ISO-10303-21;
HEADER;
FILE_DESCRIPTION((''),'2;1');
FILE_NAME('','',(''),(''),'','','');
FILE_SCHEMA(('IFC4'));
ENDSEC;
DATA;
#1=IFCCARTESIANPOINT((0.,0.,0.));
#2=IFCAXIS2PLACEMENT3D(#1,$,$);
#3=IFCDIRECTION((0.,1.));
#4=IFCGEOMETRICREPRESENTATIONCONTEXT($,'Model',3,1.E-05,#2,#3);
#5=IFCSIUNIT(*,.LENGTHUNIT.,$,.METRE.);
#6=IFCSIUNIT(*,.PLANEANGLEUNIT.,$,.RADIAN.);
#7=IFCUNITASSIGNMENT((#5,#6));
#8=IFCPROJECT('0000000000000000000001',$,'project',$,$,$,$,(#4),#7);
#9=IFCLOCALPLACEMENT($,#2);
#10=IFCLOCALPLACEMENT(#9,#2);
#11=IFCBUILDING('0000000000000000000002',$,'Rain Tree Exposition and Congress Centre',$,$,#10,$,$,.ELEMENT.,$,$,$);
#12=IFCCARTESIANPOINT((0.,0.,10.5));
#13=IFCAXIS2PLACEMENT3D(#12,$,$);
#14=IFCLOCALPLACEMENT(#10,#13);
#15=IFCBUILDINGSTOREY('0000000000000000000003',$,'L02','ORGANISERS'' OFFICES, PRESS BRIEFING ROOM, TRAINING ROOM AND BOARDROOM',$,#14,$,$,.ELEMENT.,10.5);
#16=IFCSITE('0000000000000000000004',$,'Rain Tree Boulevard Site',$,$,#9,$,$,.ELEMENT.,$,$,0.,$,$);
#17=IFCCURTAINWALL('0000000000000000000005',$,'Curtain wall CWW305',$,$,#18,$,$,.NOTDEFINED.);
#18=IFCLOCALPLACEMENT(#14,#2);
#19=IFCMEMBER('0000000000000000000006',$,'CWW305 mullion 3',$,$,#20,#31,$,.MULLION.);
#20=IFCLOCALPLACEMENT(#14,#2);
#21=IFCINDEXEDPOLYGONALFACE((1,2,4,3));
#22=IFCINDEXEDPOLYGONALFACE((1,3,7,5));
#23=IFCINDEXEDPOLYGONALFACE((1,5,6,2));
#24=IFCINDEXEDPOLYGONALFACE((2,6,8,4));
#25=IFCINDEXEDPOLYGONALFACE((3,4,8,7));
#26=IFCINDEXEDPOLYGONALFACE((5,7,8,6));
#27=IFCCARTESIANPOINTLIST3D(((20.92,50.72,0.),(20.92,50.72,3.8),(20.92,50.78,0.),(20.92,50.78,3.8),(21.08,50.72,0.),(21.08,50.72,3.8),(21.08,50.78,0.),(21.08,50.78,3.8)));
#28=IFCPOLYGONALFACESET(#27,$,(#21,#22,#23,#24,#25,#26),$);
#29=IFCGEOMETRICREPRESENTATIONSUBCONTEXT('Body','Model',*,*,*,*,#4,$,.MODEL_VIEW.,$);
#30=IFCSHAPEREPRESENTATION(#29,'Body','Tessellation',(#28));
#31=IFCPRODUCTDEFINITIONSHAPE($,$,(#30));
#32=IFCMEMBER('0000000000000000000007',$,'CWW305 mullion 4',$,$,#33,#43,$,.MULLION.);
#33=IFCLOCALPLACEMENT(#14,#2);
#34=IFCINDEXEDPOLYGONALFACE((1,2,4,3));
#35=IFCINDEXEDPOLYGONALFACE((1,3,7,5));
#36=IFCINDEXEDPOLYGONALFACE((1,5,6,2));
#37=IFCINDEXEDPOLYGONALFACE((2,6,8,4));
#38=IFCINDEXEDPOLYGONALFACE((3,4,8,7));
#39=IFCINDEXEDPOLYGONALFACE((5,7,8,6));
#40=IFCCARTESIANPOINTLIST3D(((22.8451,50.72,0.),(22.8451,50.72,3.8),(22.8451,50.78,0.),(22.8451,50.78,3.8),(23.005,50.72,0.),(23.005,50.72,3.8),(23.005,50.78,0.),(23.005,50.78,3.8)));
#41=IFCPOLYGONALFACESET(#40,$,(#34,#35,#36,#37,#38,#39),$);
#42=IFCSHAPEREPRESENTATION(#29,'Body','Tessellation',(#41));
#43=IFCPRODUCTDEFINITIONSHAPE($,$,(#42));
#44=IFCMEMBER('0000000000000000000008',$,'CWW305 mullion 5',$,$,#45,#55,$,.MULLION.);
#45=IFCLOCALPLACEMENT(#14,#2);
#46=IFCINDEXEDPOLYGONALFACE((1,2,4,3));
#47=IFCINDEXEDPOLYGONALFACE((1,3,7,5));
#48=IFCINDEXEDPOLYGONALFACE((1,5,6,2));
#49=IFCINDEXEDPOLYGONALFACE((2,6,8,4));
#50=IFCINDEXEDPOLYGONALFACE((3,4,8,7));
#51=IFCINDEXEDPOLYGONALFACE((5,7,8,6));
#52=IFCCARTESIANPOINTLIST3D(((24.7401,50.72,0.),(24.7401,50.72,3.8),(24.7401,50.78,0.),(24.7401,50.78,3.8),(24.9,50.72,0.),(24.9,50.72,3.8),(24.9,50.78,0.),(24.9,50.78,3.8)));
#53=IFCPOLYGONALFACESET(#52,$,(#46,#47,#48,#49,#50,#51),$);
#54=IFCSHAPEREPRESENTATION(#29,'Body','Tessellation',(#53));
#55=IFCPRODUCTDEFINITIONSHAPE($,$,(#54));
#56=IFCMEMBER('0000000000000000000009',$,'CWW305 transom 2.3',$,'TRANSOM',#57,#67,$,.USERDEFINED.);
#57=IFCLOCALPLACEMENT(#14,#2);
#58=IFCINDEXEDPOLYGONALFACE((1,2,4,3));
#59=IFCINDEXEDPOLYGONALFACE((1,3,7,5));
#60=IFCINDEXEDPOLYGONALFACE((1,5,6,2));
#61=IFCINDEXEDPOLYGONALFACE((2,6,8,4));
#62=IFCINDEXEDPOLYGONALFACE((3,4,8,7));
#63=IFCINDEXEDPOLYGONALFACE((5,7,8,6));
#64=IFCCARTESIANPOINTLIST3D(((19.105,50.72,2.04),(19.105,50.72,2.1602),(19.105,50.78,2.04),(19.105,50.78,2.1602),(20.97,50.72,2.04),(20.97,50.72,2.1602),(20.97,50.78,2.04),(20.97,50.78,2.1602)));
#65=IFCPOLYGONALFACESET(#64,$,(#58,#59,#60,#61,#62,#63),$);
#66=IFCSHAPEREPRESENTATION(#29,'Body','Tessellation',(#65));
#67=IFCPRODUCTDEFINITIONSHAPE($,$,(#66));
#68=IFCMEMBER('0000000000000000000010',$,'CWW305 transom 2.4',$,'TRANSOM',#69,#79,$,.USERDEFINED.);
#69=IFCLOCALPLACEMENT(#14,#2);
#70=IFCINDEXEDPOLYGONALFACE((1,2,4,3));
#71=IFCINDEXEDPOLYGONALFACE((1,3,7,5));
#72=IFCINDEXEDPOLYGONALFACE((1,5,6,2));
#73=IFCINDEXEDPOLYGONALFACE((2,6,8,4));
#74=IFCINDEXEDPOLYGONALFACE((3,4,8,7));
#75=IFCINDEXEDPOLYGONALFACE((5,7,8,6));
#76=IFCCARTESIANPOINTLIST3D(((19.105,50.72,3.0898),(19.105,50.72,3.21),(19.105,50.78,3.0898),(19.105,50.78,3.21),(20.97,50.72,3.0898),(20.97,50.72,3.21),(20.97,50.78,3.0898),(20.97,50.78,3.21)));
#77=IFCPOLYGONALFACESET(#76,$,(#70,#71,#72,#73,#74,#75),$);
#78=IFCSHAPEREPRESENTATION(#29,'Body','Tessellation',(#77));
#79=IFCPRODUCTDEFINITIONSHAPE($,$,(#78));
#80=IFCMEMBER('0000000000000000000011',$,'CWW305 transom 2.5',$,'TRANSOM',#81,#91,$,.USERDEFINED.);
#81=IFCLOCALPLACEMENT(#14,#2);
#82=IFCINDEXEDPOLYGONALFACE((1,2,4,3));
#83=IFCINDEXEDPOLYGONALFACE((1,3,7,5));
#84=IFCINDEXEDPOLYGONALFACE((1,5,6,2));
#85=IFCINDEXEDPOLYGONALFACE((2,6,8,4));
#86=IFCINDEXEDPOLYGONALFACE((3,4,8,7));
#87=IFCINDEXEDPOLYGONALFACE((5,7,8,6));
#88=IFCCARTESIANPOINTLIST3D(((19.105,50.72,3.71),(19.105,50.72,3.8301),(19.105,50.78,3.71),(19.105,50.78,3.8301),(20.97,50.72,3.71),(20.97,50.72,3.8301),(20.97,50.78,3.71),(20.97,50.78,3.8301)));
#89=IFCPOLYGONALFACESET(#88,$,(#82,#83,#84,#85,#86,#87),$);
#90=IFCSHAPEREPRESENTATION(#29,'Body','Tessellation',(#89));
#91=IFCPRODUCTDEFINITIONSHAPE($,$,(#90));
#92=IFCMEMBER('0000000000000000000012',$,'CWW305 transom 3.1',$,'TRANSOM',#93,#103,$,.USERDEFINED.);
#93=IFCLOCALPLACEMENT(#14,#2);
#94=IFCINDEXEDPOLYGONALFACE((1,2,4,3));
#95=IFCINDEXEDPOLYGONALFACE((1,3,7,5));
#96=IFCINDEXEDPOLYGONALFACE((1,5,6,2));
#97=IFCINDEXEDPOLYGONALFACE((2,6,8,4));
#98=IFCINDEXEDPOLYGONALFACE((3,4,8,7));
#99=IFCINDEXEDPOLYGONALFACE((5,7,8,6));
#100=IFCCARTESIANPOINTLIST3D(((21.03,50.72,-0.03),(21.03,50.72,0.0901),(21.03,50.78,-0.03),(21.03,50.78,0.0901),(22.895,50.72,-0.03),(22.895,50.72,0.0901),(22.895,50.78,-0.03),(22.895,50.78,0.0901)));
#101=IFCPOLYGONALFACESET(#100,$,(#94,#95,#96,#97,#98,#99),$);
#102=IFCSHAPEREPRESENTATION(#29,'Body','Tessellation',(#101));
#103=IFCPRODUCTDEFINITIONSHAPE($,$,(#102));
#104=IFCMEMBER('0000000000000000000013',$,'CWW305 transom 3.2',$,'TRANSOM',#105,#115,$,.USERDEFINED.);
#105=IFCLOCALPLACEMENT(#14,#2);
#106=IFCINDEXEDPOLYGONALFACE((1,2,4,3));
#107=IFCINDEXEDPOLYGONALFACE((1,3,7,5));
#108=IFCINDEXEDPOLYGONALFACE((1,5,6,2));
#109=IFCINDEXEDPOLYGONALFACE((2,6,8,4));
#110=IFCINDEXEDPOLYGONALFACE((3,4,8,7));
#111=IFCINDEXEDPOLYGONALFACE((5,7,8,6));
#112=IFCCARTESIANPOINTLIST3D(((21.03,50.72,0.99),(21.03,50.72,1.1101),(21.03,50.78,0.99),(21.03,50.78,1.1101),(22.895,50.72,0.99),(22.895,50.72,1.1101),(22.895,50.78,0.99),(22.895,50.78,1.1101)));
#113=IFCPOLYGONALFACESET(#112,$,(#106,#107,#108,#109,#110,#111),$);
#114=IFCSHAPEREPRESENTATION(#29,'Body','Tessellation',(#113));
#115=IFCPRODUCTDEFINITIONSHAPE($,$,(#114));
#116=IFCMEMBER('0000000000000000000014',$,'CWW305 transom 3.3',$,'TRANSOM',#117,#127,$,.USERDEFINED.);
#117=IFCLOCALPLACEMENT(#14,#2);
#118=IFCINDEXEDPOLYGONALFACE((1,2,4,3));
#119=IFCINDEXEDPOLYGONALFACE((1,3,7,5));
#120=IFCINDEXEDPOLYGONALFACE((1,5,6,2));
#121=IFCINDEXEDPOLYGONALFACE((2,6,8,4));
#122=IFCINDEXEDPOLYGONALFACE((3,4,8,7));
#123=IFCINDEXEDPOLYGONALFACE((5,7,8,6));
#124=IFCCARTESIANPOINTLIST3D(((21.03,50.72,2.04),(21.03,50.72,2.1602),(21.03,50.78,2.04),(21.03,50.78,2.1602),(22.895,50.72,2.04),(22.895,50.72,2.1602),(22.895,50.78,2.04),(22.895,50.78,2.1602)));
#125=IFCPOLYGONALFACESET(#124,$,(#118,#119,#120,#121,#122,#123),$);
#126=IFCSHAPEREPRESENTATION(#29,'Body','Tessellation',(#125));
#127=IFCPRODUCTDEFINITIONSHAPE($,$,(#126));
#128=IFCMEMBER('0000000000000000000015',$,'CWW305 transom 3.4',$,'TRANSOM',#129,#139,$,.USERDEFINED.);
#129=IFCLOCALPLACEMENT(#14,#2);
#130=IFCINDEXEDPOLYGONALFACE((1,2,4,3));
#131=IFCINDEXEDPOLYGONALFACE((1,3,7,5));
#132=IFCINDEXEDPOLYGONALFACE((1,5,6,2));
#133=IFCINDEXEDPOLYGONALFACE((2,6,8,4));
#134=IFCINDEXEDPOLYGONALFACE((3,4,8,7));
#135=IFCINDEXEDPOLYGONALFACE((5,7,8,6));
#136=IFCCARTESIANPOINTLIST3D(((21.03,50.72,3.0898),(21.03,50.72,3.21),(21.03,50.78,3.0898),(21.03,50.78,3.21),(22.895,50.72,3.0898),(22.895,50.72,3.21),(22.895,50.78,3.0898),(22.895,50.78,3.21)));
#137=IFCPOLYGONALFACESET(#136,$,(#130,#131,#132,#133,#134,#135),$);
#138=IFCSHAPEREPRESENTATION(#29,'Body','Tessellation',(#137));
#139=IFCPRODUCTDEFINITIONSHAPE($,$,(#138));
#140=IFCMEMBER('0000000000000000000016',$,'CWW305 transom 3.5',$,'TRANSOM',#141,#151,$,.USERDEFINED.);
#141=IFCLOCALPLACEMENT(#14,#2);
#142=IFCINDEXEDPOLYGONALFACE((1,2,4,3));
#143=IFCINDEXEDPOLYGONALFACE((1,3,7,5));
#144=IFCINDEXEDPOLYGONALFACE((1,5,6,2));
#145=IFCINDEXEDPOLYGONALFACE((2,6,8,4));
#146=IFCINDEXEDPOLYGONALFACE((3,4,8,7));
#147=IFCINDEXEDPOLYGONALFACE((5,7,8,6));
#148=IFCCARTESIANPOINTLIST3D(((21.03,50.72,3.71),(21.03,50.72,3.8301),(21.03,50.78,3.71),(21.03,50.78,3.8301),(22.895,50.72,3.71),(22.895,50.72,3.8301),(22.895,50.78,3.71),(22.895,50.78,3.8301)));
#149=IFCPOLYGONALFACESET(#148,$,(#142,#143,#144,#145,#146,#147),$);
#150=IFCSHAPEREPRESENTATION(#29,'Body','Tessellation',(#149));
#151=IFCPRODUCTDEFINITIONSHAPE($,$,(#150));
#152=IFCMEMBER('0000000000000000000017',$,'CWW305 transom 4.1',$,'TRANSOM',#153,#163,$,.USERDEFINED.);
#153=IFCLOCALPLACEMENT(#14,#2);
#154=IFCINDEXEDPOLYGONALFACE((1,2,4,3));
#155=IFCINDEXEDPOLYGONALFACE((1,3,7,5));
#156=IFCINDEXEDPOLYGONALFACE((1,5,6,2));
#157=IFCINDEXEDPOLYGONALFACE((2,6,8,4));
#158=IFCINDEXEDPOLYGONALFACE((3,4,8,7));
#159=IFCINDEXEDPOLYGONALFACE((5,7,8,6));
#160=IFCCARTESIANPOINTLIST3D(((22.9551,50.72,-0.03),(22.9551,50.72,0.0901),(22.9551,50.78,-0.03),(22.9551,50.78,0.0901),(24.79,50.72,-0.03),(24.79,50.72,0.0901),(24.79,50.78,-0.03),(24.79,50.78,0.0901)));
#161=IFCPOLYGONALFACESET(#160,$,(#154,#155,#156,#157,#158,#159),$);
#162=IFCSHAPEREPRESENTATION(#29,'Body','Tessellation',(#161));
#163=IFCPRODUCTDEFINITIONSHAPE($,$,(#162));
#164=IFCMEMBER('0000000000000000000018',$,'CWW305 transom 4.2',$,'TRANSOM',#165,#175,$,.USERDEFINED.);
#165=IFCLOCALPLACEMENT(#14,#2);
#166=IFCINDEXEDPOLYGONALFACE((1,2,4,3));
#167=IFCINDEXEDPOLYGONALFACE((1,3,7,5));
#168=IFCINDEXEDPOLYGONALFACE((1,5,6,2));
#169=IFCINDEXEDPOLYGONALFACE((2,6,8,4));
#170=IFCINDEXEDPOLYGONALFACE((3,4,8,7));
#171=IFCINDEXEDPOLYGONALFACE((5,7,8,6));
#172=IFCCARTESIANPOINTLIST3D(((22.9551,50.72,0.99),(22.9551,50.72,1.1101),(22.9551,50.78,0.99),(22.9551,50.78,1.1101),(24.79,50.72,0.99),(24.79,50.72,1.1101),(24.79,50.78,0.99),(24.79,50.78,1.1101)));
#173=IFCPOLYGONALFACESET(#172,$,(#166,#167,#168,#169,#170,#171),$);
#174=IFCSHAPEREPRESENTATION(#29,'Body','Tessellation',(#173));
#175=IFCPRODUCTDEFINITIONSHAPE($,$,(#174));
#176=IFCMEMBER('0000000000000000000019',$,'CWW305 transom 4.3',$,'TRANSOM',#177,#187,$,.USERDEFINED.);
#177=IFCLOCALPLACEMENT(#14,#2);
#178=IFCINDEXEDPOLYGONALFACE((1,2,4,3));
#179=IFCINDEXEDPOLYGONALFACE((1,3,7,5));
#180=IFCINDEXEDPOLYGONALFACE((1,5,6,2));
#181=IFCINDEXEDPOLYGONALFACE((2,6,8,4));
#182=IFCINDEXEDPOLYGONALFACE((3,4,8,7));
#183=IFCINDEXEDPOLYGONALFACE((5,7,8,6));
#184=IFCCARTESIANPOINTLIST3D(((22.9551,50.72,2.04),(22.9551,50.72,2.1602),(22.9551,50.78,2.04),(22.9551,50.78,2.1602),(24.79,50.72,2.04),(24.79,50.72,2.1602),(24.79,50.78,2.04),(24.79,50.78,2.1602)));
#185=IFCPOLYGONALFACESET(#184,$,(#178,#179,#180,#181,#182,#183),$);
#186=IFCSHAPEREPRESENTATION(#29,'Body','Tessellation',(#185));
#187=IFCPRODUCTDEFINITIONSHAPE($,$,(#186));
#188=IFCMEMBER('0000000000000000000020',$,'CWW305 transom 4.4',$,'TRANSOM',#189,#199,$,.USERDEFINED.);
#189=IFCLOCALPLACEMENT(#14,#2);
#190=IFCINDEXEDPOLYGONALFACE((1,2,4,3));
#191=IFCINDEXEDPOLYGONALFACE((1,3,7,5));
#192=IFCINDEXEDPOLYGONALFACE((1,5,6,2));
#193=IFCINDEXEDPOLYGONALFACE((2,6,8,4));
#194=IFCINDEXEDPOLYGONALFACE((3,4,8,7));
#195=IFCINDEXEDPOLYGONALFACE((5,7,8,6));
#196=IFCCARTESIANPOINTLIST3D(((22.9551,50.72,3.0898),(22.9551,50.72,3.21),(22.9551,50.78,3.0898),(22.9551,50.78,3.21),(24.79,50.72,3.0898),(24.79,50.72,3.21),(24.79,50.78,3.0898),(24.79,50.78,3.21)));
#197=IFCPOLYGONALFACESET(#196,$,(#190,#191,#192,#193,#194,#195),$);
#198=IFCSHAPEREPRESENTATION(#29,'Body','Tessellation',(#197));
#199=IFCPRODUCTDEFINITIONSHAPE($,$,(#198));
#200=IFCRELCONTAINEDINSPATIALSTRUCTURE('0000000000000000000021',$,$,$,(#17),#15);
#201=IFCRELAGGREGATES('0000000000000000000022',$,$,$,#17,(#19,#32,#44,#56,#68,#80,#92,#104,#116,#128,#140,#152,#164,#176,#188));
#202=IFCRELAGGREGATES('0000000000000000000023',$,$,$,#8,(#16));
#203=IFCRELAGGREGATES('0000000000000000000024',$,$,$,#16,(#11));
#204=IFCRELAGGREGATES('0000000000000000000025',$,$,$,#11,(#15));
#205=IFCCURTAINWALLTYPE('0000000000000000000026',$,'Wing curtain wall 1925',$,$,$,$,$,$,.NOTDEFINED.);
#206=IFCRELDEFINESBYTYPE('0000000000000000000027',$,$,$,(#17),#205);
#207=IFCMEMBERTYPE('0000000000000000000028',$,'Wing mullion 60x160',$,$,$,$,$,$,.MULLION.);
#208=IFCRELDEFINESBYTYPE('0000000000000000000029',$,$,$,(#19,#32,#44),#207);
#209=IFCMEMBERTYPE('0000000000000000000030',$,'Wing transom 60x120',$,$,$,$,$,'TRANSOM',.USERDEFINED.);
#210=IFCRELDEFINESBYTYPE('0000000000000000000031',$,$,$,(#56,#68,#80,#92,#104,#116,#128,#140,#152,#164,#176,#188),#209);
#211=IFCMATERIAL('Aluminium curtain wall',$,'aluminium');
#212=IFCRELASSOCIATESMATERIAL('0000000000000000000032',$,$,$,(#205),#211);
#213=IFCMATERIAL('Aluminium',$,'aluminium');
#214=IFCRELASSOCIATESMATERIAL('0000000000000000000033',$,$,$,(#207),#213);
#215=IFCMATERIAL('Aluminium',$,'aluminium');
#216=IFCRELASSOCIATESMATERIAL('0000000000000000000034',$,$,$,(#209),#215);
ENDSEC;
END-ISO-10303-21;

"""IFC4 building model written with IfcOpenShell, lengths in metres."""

from ifc_helpers import new_model, si_unit, direction, frame, origin, origin_2d, place, context, subcontext, project, spatial, rectangle, extrude, material, material_profile, profile_set, type_object, element, aggregate, save


model = new_model("IFC4")

# Units and contexts
model_context = context("Model", 3, precision=1e-05, world=origin(), true_north=direction((0.0, 1.0)))
body_context = subcontext(model_context, "Body", "Model", "MODEL_VIEW")
ifc_project = project(units=[si_unit("LENGTHUNIT", "METRE"), si_unit("PLANEANGLEUNIT", "RADIAN")], contexts=[model_context])

# Site, building, storey
site_placement = place(None, origin())
site = spatial("IfcSite", under=ifc_project, at=site_placement, Name="Rain Tree Boulevard Site", CompositionType="ELEMENT", RefElevation=0.0)
building_placement = place(site_placement, origin())
building = spatial("IfcBuilding", under=site, at=building_placement, Name="Rain Tree Exposition and Congress Centre", CompositionType="ELEMENT")
storey_placement = place(building_placement, frame((0.0, 0.0, 10.5)))
storey = spatial("IfcBuildingStorey", under=building, at=storey_placement, Name="L02", Description="ORGANISERS' OFFICES, PRESS BRIEFING ROOM, TRAINING ROOM AND BOARDROOM", CompositionType="ELEMENT", Elevation=10.5)

# Curtain wall, members
ifc_material_1 = material(Name="Aluminium curtain wall", Category="aluminium")
curtain_wall_type = type_object("IfcCurtainWallType", Name="Wing curtain wall 1925", PredefinedType="NOTDEFINED", material=ifc_material_1)
curtain_wall_placement = place(storey_placement, origin())
curtain_wall = element("IfcCurtainWall", 1, at=curtain_wall_placement, inside=storey, type_object=curtain_wall_type, Name="Curtain wall CWW305", PredefinedType="NOTDEFINED")
ifc_material_2 = material(Name="Aluminium", Category="aluminium")
ifc_material_profile_1 = material_profile(ifc_material_2, rectangle(XDim=0.0601, YDim=0.1599, at=origin_2d()), Name="Aluminium 60x160")
ifc_profile_set_1 = profile_set([ifc_material_profile_1], Name="Aluminium")
member_type_1 = type_object("IfcMemberType", Name="Wing mullion 60x160", PredefinedType="MULLION", material=ifc_profile_set_1)
member_1_placement = place(storey_placement, frame((21.0, 50.75, 0.0), z_axis=(0.0, 0.0, 1.0), x_axis=(0.0, 1.0, 0.0)))
member_1 = element("IfcMember", 2, at=member_1_placement, type_object=member_type_1, Name="CWW305 mullion 3", PredefinedType="MULLION", context=body_context, shape_type="SweptSolid", body=[
    extrude(rectangle(XDim=0.0601, YDim=0.1599, at=origin_2d()), origin(), (0.0, 0.0, 1.0), 3.8),
])
member_2_placement = place(storey_placement, frame((22.925, 50.75, 0.0), z_axis=(0.0, 0.0, 1.0), x_axis=(0.0, 1.0, 0.0)))
member_2 = element("IfcMember", 3, at=member_2_placement, type_object=member_type_1, Name="CWW305 mullion 4", PredefinedType="MULLION", context=body_context, shape_type="SweptSolid", body=[
    extrude(rectangle(XDim=0.0601, YDim=0.1599, at=origin_2d()), origin(), (0.0, 0.0, 1.0), 3.8),
])
member_3_placement = place(storey_placement, frame((24.8201, 50.75, 0.0), z_axis=(0.0, 0.0, 1.0), x_axis=(0.0, 1.0, 0.0)))
member_3 = element("IfcMember", 4, at=member_3_placement, type_object=member_type_1, Name="CWW305 mullion 5", PredefinedType="MULLION", context=body_context, shape_type="SweptSolid", body=[
    extrude(rectangle(XDim=0.0601, YDim=0.1599, at=origin_2d()), origin(), (0.0, 0.0, 1.0), 3.8),
])
ifc_material_3 = material(Name="Aluminium", Category="aluminium")
ifc_material_profile_2 = material_profile(ifc_material_3, rectangle(XDim=0.0601, YDim=0.1201, at=origin_2d()), Name="Aluminium 60x120")
ifc_profile_set_2 = profile_set([ifc_material_profile_2], Name="Aluminium")
member_type_2 = type_object("IfcMemberType", Name="Wing transom 60x120", ElementType="TRANSOM", PredefinedType="USERDEFINED", material=ifc_profile_set_2)
member_4_placement = place(storey_placement, frame((19.105, 50.75, 2.1001), z_axis=(1.0, 0.0, 0.0), x_axis=(0.0, 1.0, 0.0)))
member_4 = element("IfcMember", 5, at=member_4_placement, type_object=member_type_2, Name="CWW305 transom 2.3", ObjectType="TRANSOM", PredefinedType="USERDEFINED", context=body_context, shape_type="SweptSolid", body=[
    extrude(rectangle(XDim=0.0601, YDim=0.1201, at=origin_2d()), origin(), (0.0, 0.0, 1.0), 1.865),
])
member_5_placement = place(storey_placement, frame((19.105, 50.75, 3.1499), z_axis=(1.0, 0.0, 0.0), x_axis=(0.0, 1.0, 0.0)))
member_5 = element("IfcMember", 6, at=member_5_placement, type_object=member_type_2, Name="CWW305 transom 2.4", ObjectType="TRANSOM", PredefinedType="USERDEFINED", context=body_context, shape_type="SweptSolid", body=[
    extrude(rectangle(XDim=0.0601, YDim=0.1201, at=origin_2d()), origin(), (0.0, 0.0, 1.0), 1.865),
])
member_6_placement = place(storey_placement, frame((19.105, 50.75, 3.77), z_axis=(1.0, 0.0, 0.0), x_axis=(0.0, 1.0, 0.0)))
member_6 = element("IfcMember", 7, at=member_6_placement, type_object=member_type_2, Name="CWW305 transom 2.5", ObjectType="TRANSOM", PredefinedType="USERDEFINED", context=body_context, shape_type="SweptSolid", body=[
    extrude(rectangle(XDim=0.0601, YDim=0.1201, at=origin_2d()), origin(), (0.0, 0.0, 1.0), 1.865),
])
member_7_placement = place(storey_placement, frame((21.03, 50.75, 0.03), z_axis=(1.0, 0.0, 0.0), x_axis=(0.0, 1.0, 0.0)))
member_7 = element("IfcMember", 8, at=member_7_placement, type_object=member_type_2, Name="CWW305 transom 3.1", ObjectType="TRANSOM", PredefinedType="USERDEFINED", context=body_context, shape_type="SweptSolid", body=[
    extrude(rectangle(XDim=0.0601, YDim=0.1201, at=origin_2d()), origin(), (0.0, 0.0, 1.0), 1.865),
])
member_8_placement = place(storey_placement, frame((21.03, 50.75, 1.05), z_axis=(1.0, 0.0, 0.0), x_axis=(0.0, 1.0, 0.0)))
member_8 = element("IfcMember", 9, at=member_8_placement, type_object=member_type_2, Name="CWW305 transom 3.2", ObjectType="TRANSOM", PredefinedType="USERDEFINED", context=body_context, shape_type="SweptSolid", body=[
    extrude(rectangle(XDim=0.0601, YDim=0.1201, at=origin_2d()), origin(), (0.0, 0.0, 1.0), 1.865),
])
member_9_placement = place(storey_placement, frame((21.03, 50.75, 2.1001), z_axis=(1.0, 0.0, 0.0), x_axis=(0.0, 1.0, 0.0)))
member_9 = element("IfcMember", 10, at=member_9_placement, type_object=member_type_2, Name="CWW305 transom 3.3", ObjectType="TRANSOM", PredefinedType="USERDEFINED", context=body_context, shape_type="SweptSolid", body=[
    extrude(rectangle(XDim=0.0601, YDim=0.1201, at=origin_2d()), origin(), (0.0, 0.0, 1.0), 1.865),
])
member_10_placement = place(storey_placement, frame((21.03, 50.75, 3.1499), z_axis=(1.0, 0.0, 0.0), x_axis=(0.0, 1.0, 0.0)))
member_10 = element("IfcMember", 11, at=member_10_placement, type_object=member_type_2, Name="CWW305 transom 3.4", ObjectType="TRANSOM", PredefinedType="USERDEFINED", context=body_context, shape_type="SweptSolid", body=[
    extrude(rectangle(XDim=0.0601, YDim=0.1201, at=origin_2d()), origin(), (0.0, 0.0, 1.0), 1.865),
])
member_11_placement = place(storey_placement, frame((21.03, 50.75, 3.77), z_axis=(1.0, 0.0, 0.0), x_axis=(0.0, 1.0, 0.0)))
member_11 = element("IfcMember", 12, at=member_11_placement, type_object=member_type_2, Name="CWW305 transom 3.5", ObjectType="TRANSOM", PredefinedType="USERDEFINED", context=body_context, shape_type="SweptSolid", body=[
    extrude(rectangle(XDim=0.0601, YDim=0.1201, at=origin_2d()), origin(), (0.0, 0.0, 1.0), 1.865),
])
member_12_placement = place(storey_placement, frame((22.9551, 50.75, 0.03), z_axis=(1.0, 0.0, 0.0), x_axis=(0.0, 1.0, 0.0)))
member_12 = element("IfcMember", 13, at=member_12_placement, type_object=member_type_2, Name="CWW305 transom 4.1", ObjectType="TRANSOM", PredefinedType="USERDEFINED", context=body_context, shape_type="SweptSolid", body=[
    extrude(rectangle(XDim=0.0601, YDim=0.1201, at=origin_2d()), origin(), (0.0, 0.0, 1.0), 1.835),
])
member_13_placement = place(storey_placement, frame((22.9551, 50.75, 1.05), z_axis=(1.0, 0.0, 0.0), x_axis=(0.0, 1.0, 0.0)))
member_13 = element("IfcMember", 14, at=member_13_placement, type_object=member_type_2, Name="CWW305 transom 4.2", ObjectType="TRANSOM", PredefinedType="USERDEFINED", context=body_context, shape_type="SweptSolid", body=[
    extrude(rectangle(XDim=0.0601, YDim=0.1201, at=origin_2d()), origin(), (0.0, 0.0, 1.0), 1.835),
])
member_14_placement = place(storey_placement, frame((22.9551, 50.75, 2.1001), z_axis=(1.0, 0.0, 0.0), x_axis=(0.0, 1.0, 0.0)))
member_14 = element("IfcMember", 15, at=member_14_placement, type_object=member_type_2, Name="CWW305 transom 4.3", ObjectType="TRANSOM", PredefinedType="USERDEFINED", context=body_context, shape_type="SweptSolid", body=[
    extrude(rectangle(XDim=0.0601, YDim=0.1201, at=origin_2d()), origin(), (0.0, 0.0, 1.0), 1.835),
])
member_15_placement = place(storey_placement, frame((22.9551, 50.75, 3.1499), z_axis=(1.0, 0.0, 0.0), x_axis=(0.0, 1.0, 0.0)))
member_15 = element("IfcMember", 16, at=member_15_placement, type_object=member_type_2, Name="CWW305 transom 4.4", ObjectType="TRANSOM", PredefinedType="USERDEFINED", context=body_context, shape_type="SweptSolid", body=[
    extrude(rectangle(XDim=0.0601, YDim=0.1201, at=origin_2d()), origin(), (0.0, 0.0, 1.0), 1.835),
])
aggregate(curtain_wall, [member_1, member_2, member_3, member_4, member_5, member_6, member_7, member_8, member_9, member_10, member_11, member_12, member_13, member_14, member_15])

save(model, "model.ifc")
